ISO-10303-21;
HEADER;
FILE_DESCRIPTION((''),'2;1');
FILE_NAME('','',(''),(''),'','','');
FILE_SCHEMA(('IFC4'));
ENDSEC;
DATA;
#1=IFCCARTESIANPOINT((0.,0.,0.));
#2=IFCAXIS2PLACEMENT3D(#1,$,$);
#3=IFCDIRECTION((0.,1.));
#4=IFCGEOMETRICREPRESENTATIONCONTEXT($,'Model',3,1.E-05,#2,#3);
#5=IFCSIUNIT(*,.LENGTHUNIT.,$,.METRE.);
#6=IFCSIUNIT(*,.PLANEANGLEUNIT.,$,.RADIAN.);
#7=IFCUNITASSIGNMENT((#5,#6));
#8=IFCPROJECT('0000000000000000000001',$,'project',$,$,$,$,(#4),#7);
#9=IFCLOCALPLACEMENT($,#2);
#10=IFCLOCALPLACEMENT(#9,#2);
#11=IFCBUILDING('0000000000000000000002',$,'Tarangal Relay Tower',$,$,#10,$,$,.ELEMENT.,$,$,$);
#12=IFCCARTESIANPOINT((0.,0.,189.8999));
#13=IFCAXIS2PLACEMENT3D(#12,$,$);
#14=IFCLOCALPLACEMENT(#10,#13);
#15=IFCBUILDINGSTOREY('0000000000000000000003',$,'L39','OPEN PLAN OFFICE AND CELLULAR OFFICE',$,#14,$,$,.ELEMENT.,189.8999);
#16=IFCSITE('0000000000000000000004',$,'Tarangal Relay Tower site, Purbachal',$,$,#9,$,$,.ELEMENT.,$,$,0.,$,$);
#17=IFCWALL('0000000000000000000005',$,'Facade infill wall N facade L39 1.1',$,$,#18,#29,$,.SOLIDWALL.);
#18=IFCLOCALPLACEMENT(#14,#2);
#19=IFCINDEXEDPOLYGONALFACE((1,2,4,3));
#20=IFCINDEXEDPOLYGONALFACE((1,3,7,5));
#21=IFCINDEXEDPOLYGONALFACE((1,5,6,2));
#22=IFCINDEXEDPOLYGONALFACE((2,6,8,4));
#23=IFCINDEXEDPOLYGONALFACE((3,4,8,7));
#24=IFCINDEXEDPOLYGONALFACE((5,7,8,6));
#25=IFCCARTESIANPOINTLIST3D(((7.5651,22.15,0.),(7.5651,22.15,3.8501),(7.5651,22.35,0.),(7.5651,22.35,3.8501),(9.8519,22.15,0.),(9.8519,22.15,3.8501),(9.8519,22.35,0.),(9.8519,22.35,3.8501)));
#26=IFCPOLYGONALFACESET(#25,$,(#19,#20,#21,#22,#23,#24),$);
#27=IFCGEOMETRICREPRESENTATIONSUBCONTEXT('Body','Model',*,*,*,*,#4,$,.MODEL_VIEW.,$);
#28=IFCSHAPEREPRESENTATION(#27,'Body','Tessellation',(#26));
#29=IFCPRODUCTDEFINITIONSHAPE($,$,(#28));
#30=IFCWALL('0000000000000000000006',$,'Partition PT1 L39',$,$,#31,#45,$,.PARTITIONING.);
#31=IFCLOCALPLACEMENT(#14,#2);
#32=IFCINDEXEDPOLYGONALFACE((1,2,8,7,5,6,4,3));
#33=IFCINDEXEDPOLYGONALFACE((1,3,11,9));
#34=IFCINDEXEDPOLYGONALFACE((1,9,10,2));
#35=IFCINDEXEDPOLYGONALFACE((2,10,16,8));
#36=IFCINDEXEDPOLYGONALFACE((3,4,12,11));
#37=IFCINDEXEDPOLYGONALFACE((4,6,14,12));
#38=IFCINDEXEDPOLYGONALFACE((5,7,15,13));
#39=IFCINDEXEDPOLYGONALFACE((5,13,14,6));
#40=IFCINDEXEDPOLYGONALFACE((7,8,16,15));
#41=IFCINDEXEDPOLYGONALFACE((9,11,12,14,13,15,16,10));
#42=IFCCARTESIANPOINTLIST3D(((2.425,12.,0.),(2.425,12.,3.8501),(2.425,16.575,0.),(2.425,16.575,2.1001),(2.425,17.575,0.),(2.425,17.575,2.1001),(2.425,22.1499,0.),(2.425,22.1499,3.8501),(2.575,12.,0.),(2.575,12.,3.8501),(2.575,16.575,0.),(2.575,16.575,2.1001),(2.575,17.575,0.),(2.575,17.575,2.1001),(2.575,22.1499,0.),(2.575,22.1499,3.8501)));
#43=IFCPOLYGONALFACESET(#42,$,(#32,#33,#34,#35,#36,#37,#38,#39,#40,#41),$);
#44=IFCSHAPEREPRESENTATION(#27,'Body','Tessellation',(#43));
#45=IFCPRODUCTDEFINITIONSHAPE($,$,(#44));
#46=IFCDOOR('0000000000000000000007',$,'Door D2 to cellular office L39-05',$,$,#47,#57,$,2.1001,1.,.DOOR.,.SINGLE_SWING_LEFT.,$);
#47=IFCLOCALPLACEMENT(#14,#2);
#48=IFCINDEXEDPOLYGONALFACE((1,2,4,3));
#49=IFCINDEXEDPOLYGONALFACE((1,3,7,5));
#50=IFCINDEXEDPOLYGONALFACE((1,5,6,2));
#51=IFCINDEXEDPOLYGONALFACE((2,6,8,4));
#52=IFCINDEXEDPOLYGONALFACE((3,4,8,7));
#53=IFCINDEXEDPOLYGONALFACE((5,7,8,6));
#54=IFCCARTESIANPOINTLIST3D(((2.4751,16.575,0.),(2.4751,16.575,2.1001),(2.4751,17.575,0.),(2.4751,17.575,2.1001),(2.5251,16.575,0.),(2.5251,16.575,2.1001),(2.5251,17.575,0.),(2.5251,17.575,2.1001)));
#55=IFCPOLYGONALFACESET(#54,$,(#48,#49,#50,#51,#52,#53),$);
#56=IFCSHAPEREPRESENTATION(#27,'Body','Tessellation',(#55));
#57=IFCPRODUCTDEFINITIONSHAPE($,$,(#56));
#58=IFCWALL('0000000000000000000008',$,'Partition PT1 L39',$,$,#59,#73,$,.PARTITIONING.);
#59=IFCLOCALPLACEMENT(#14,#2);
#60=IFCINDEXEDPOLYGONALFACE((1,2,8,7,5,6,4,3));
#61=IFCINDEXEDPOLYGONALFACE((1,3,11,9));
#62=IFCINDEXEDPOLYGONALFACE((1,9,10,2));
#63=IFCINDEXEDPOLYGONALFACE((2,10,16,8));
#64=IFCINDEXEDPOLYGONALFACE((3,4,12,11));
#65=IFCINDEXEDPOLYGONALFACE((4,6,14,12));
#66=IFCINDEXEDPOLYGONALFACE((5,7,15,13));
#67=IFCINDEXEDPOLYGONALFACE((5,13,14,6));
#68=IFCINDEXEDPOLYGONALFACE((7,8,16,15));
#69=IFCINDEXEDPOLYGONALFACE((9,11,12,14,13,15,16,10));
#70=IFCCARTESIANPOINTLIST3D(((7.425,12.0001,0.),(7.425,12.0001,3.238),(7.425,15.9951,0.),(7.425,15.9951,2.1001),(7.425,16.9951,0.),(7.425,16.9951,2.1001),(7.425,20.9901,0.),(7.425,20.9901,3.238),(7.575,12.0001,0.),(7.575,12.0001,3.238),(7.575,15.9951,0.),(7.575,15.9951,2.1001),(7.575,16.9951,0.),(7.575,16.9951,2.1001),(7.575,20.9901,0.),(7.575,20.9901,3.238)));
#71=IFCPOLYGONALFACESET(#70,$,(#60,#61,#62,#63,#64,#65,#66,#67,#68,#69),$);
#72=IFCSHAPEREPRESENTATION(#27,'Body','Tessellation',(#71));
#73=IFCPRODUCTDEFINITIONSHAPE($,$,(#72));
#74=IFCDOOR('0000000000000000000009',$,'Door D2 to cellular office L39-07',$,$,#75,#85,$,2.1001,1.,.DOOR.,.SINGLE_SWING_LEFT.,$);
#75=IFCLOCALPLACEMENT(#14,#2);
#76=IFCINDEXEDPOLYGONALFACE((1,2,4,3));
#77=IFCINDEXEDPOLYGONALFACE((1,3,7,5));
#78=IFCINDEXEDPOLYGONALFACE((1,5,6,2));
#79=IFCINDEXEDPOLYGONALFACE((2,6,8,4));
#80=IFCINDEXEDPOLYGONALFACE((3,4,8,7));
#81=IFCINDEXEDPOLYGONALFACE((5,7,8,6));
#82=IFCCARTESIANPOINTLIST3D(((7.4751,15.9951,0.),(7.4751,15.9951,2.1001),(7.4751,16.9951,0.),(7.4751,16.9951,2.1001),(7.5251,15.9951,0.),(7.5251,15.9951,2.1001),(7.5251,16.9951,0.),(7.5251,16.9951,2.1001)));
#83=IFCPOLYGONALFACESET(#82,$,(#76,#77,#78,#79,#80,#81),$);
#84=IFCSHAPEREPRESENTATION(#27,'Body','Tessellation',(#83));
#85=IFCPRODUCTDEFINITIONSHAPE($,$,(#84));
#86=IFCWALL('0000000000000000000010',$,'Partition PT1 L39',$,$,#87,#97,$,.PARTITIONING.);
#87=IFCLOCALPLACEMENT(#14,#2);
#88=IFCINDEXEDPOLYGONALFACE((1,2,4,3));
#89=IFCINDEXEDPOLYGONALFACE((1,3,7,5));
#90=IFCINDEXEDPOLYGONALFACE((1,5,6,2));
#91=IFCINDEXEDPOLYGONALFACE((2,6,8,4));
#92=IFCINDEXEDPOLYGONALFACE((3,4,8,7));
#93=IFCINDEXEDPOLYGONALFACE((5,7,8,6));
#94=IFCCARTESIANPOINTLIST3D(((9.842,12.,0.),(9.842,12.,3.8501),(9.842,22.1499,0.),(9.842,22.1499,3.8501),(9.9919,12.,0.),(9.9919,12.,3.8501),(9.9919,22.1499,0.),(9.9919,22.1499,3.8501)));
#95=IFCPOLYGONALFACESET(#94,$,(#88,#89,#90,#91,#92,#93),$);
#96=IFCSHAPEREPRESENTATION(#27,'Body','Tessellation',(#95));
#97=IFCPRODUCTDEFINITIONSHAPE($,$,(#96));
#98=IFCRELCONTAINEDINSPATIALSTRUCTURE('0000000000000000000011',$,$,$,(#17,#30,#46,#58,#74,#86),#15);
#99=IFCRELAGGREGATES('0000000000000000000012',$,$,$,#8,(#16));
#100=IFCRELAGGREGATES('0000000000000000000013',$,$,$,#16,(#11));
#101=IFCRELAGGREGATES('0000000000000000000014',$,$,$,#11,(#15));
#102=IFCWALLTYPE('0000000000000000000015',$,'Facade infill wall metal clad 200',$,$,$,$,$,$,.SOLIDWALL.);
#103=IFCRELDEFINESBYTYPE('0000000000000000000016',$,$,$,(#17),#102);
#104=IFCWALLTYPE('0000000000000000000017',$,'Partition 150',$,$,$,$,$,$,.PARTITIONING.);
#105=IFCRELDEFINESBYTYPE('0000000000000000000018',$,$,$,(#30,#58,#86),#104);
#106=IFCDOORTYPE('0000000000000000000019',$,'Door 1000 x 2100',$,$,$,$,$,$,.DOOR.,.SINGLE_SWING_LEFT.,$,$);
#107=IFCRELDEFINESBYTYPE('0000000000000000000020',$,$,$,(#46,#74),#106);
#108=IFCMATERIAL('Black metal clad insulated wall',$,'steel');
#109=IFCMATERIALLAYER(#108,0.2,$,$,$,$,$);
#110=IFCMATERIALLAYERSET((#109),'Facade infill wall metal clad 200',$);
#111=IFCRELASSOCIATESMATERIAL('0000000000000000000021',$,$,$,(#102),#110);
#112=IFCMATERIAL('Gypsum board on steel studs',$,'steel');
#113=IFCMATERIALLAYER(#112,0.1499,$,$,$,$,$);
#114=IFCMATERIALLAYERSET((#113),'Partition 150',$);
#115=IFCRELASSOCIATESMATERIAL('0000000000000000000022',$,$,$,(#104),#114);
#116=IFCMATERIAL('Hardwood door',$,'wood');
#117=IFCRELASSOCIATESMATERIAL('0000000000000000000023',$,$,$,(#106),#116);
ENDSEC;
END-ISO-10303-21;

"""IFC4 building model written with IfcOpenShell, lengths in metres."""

from ifc_helpers import new_model, si_unit, direction, frame, frame_2d, origin, place, context, subcontext, project, spatial, rectangle, extrude, material, layer, layer_set, type_object, element, fill, save


model = new_model("IFC4")

# Units and contexts
model_context = context("Model", 3, precision=1e-05, world=origin(), true_north=direction((0.0, 1.0)))
body_context = subcontext(model_context, "Body", "Model", "MODEL_VIEW")
ifc_project = project(units=[si_unit("LENGTHUNIT", "METRE"), si_unit("PLANEANGLEUNIT", "RADIAN")], contexts=[model_context])

# Site, building, storey
site_placement = place(None, origin())
site = spatial("IfcSite", under=ifc_project, at=site_placement, Name="Tarangal Relay Tower site, Purbachal", CompositionType="ELEMENT", RefElevation=0.0)
building_placement = place(site_placement, origin())
building = spatial("IfcBuilding", under=site, at=building_placement, Name="Tarangal Relay Tower", CompositionType="ELEMENT")
storey_placement = place(building_placement, frame((0.0, 0.0, 189.8999)))
storey = spatial("IfcBuildingStorey", under=building, at=storey_placement, Name="L39", Description="OPEN PLAN OFFICE AND CELLULAR OFFICE", CompositionType="ELEMENT", Elevation=189.8999)

# Wall
ifc_material_1 = material(Name="Black metal clad insulated wall", Category="steel")
ifc_layer_1 = layer(ifc_material_1, 0.2)
ifc_layer_set_1 = layer_set([ifc_layer_1], Name="Facade infill wall metal clad 200")
wall_type_1 = type_object("IfcWallType", Name="Facade infill wall metal clad 200", PredefinedType="SOLIDWALL", material=ifc_layer_set_1)
wall_1_placement = place(storey_placement, frame((7.5649, 22.25, 0.0), z_axis=(0.0, 0.0, 1.0), x_axis=(1.0, 0.0, 0.0)))
element("IfcWall", 1, at=wall_1_placement, inside=storey, type_object=wall_type_1, Name="Facade infill wall N facade L39 1.1", PredefinedType="SOLIDWALL", context=body_context, shape_type="SweptSolid", body=[
    extrude(rectangle(XDim=2.2869, YDim=0.2, at=frame_2d((1.1436, 0.0))), origin(), (0.0, 0.0, 1.0), 3.8501),
])

# Walls, openings, doors
ifc_material_2 = material(Name="Gypsum board on steel studs", Category="steel")
ifc_layer_2 = layer(ifc_material_2, 0.1499)
ifc_layer_set_2 = layer_set([ifc_layer_2], Name="Partition 150")
wall_type_2 = type_object("IfcWallType", Name="Partition 150", PredefinedType="PARTITIONING", material=ifc_layer_set_2)
wall_2_placement = place(storey_placement, frame((2.5, 12.0, 0.0), z_axis=(0.0, 0.0, 1.0), x_axis=(0.0, 1.0, 0.0)))
wall_2 = element("IfcWall", 2, at=wall_2_placement, inside=storey, type_object=wall_type_2, Name="Partition PT1 L39", PredefinedType="PARTITIONING", context=body_context, shape_type="SweptSolid", body=[
    extrude(rectangle(XDim=10.1499, YDim=0.1499, at=frame_2d((5.075, 0.0))), origin(), (0.0, 0.0, 1.0), 3.8501),
])
opening_1_placement = place(wall_2_placement, frame((4.575, 0.0, 0.0)))
opening_1 = element("IfcOpeningElement", 3, at=opening_1_placement, cuts=wall_2, PredefinedType="OPENING", context=body_context, shape_type="SweptSolid", body=[
    extrude(rectangle(XDim=1.0, YDim=2.1001, at=frame_2d((0.5, 1.05))), frame((0.0, 0.085, 0.0), z_axis=(0.0, -1.0, 0.0), x_axis=(1.0, 0.0, 0.0)), (0.0, 0.0, 1.0), 0.1699),
])
ifc_material_3 = material(Name="Hardwood door", Category="wood")
door_type_1 = type_object("IfcDoorType", Name="Door 1000 x 2100", OperationType="SINGLE_SWING_LEFT", PredefinedType="DOOR", material=ifc_material_3)
door_1_placement = place(opening_1_placement, origin())
door_1 = element("IfcDoor", 4, at=door_1_placement, inside=storey, type_object=door_type_1, Name="Door D2 to cellular office L39-05", OperationType="SINGLE_SWING_LEFT", OverallHeight=2.1001, OverallWidth=1.0, PredefinedType="DOOR", context=body_context, shape_type="SweptSolid", body=[
    extrude(rectangle(XDim=1.0, YDim=2.1001, at=frame_2d((0.5, 1.05))), frame((0.0, 0.0249, 0.0), z_axis=(0.0, -1.0, 0.0), x_axis=(1.0, 0.0, 0.0)), (0.0, 0.0, 1.0), 0.05),
])
fill(opening_1, door_1)
wall_3_placement = place(storey_placement, frame((7.5, 12.0, 0.0), z_axis=(0.0, 0.0, 1.0), x_axis=(0.0, 1.0, 0.0)))
wall_3 = element("IfcWall", 5, at=wall_3_placement, inside=storey, type_object=wall_type_2, Name="Partition PT1 L39", PredefinedType="PARTITIONING", context=body_context, shape_type="SweptSolid", body=[
    extrude(rectangle(XDim=8.99, YDim=0.1499, at=frame_2d((4.4951, 0.0))), origin(), (0.0, 0.0, 1.0), 3.238),
])
opening_2_placement = place(wall_3_placement, frame((3.9951, 0.0, 0.0)))
opening_2 = element("IfcOpeningElement", 6, at=opening_2_placement, cuts=wall_3, PredefinedType="OPENING", context=body_context, shape_type="SweptSolid", body=[
    extrude(rectangle(XDim=1.0, YDim=2.1001, at=frame_2d((0.5, 1.05))), frame((0.0, 0.085, 0.0), z_axis=(0.0, -1.0, 0.0), x_axis=(1.0, 0.0, 0.0)), (0.0, 0.0, 1.0), 0.1699),
])
door_2_placement = place(opening_2_placement, origin())
door_2 = element("IfcDoor", 7, at=door_2_placement, inside=storey, type_object=door_type_1, Name="Door D2 to cellular office L39-07", OperationType="SINGLE_SWING_LEFT", OverallHeight=2.1001, OverallWidth=1.0, PredefinedType="DOOR", context=body_context, shape_type="SweptSolid", body=[
    extrude(rectangle(XDim=1.0, YDim=2.1001, at=frame_2d((0.5, 1.05))), frame((0.0, 0.0249, 0.0), z_axis=(0.0, -1.0, 0.0), x_axis=(1.0, 0.0, 0.0)), (0.0, 0.0, 1.0), 0.05),
])
fill(opening_2, door_2)

# Wall
wall_4_placement = place(storey_placement, frame((9.917, 12.0, 0.0), z_axis=(0.0, 0.0, 1.0), x_axis=(0.0, 1.0, 0.0)))
element("IfcWall", 8, at=wall_4_placement, inside=storey, type_object=wall_type_2, Name="Partition PT1 L39", PredefinedType="PARTITIONING", context=body_context, shape_type="SweptSolid", body=[
    extrude(rectangle(XDim=10.1499, YDim=0.1499, at=frame_2d((5.075, 0.0))), origin(), (0.0, 0.0, 1.0), 3.8501),
])

save(model, "model.ifc")
